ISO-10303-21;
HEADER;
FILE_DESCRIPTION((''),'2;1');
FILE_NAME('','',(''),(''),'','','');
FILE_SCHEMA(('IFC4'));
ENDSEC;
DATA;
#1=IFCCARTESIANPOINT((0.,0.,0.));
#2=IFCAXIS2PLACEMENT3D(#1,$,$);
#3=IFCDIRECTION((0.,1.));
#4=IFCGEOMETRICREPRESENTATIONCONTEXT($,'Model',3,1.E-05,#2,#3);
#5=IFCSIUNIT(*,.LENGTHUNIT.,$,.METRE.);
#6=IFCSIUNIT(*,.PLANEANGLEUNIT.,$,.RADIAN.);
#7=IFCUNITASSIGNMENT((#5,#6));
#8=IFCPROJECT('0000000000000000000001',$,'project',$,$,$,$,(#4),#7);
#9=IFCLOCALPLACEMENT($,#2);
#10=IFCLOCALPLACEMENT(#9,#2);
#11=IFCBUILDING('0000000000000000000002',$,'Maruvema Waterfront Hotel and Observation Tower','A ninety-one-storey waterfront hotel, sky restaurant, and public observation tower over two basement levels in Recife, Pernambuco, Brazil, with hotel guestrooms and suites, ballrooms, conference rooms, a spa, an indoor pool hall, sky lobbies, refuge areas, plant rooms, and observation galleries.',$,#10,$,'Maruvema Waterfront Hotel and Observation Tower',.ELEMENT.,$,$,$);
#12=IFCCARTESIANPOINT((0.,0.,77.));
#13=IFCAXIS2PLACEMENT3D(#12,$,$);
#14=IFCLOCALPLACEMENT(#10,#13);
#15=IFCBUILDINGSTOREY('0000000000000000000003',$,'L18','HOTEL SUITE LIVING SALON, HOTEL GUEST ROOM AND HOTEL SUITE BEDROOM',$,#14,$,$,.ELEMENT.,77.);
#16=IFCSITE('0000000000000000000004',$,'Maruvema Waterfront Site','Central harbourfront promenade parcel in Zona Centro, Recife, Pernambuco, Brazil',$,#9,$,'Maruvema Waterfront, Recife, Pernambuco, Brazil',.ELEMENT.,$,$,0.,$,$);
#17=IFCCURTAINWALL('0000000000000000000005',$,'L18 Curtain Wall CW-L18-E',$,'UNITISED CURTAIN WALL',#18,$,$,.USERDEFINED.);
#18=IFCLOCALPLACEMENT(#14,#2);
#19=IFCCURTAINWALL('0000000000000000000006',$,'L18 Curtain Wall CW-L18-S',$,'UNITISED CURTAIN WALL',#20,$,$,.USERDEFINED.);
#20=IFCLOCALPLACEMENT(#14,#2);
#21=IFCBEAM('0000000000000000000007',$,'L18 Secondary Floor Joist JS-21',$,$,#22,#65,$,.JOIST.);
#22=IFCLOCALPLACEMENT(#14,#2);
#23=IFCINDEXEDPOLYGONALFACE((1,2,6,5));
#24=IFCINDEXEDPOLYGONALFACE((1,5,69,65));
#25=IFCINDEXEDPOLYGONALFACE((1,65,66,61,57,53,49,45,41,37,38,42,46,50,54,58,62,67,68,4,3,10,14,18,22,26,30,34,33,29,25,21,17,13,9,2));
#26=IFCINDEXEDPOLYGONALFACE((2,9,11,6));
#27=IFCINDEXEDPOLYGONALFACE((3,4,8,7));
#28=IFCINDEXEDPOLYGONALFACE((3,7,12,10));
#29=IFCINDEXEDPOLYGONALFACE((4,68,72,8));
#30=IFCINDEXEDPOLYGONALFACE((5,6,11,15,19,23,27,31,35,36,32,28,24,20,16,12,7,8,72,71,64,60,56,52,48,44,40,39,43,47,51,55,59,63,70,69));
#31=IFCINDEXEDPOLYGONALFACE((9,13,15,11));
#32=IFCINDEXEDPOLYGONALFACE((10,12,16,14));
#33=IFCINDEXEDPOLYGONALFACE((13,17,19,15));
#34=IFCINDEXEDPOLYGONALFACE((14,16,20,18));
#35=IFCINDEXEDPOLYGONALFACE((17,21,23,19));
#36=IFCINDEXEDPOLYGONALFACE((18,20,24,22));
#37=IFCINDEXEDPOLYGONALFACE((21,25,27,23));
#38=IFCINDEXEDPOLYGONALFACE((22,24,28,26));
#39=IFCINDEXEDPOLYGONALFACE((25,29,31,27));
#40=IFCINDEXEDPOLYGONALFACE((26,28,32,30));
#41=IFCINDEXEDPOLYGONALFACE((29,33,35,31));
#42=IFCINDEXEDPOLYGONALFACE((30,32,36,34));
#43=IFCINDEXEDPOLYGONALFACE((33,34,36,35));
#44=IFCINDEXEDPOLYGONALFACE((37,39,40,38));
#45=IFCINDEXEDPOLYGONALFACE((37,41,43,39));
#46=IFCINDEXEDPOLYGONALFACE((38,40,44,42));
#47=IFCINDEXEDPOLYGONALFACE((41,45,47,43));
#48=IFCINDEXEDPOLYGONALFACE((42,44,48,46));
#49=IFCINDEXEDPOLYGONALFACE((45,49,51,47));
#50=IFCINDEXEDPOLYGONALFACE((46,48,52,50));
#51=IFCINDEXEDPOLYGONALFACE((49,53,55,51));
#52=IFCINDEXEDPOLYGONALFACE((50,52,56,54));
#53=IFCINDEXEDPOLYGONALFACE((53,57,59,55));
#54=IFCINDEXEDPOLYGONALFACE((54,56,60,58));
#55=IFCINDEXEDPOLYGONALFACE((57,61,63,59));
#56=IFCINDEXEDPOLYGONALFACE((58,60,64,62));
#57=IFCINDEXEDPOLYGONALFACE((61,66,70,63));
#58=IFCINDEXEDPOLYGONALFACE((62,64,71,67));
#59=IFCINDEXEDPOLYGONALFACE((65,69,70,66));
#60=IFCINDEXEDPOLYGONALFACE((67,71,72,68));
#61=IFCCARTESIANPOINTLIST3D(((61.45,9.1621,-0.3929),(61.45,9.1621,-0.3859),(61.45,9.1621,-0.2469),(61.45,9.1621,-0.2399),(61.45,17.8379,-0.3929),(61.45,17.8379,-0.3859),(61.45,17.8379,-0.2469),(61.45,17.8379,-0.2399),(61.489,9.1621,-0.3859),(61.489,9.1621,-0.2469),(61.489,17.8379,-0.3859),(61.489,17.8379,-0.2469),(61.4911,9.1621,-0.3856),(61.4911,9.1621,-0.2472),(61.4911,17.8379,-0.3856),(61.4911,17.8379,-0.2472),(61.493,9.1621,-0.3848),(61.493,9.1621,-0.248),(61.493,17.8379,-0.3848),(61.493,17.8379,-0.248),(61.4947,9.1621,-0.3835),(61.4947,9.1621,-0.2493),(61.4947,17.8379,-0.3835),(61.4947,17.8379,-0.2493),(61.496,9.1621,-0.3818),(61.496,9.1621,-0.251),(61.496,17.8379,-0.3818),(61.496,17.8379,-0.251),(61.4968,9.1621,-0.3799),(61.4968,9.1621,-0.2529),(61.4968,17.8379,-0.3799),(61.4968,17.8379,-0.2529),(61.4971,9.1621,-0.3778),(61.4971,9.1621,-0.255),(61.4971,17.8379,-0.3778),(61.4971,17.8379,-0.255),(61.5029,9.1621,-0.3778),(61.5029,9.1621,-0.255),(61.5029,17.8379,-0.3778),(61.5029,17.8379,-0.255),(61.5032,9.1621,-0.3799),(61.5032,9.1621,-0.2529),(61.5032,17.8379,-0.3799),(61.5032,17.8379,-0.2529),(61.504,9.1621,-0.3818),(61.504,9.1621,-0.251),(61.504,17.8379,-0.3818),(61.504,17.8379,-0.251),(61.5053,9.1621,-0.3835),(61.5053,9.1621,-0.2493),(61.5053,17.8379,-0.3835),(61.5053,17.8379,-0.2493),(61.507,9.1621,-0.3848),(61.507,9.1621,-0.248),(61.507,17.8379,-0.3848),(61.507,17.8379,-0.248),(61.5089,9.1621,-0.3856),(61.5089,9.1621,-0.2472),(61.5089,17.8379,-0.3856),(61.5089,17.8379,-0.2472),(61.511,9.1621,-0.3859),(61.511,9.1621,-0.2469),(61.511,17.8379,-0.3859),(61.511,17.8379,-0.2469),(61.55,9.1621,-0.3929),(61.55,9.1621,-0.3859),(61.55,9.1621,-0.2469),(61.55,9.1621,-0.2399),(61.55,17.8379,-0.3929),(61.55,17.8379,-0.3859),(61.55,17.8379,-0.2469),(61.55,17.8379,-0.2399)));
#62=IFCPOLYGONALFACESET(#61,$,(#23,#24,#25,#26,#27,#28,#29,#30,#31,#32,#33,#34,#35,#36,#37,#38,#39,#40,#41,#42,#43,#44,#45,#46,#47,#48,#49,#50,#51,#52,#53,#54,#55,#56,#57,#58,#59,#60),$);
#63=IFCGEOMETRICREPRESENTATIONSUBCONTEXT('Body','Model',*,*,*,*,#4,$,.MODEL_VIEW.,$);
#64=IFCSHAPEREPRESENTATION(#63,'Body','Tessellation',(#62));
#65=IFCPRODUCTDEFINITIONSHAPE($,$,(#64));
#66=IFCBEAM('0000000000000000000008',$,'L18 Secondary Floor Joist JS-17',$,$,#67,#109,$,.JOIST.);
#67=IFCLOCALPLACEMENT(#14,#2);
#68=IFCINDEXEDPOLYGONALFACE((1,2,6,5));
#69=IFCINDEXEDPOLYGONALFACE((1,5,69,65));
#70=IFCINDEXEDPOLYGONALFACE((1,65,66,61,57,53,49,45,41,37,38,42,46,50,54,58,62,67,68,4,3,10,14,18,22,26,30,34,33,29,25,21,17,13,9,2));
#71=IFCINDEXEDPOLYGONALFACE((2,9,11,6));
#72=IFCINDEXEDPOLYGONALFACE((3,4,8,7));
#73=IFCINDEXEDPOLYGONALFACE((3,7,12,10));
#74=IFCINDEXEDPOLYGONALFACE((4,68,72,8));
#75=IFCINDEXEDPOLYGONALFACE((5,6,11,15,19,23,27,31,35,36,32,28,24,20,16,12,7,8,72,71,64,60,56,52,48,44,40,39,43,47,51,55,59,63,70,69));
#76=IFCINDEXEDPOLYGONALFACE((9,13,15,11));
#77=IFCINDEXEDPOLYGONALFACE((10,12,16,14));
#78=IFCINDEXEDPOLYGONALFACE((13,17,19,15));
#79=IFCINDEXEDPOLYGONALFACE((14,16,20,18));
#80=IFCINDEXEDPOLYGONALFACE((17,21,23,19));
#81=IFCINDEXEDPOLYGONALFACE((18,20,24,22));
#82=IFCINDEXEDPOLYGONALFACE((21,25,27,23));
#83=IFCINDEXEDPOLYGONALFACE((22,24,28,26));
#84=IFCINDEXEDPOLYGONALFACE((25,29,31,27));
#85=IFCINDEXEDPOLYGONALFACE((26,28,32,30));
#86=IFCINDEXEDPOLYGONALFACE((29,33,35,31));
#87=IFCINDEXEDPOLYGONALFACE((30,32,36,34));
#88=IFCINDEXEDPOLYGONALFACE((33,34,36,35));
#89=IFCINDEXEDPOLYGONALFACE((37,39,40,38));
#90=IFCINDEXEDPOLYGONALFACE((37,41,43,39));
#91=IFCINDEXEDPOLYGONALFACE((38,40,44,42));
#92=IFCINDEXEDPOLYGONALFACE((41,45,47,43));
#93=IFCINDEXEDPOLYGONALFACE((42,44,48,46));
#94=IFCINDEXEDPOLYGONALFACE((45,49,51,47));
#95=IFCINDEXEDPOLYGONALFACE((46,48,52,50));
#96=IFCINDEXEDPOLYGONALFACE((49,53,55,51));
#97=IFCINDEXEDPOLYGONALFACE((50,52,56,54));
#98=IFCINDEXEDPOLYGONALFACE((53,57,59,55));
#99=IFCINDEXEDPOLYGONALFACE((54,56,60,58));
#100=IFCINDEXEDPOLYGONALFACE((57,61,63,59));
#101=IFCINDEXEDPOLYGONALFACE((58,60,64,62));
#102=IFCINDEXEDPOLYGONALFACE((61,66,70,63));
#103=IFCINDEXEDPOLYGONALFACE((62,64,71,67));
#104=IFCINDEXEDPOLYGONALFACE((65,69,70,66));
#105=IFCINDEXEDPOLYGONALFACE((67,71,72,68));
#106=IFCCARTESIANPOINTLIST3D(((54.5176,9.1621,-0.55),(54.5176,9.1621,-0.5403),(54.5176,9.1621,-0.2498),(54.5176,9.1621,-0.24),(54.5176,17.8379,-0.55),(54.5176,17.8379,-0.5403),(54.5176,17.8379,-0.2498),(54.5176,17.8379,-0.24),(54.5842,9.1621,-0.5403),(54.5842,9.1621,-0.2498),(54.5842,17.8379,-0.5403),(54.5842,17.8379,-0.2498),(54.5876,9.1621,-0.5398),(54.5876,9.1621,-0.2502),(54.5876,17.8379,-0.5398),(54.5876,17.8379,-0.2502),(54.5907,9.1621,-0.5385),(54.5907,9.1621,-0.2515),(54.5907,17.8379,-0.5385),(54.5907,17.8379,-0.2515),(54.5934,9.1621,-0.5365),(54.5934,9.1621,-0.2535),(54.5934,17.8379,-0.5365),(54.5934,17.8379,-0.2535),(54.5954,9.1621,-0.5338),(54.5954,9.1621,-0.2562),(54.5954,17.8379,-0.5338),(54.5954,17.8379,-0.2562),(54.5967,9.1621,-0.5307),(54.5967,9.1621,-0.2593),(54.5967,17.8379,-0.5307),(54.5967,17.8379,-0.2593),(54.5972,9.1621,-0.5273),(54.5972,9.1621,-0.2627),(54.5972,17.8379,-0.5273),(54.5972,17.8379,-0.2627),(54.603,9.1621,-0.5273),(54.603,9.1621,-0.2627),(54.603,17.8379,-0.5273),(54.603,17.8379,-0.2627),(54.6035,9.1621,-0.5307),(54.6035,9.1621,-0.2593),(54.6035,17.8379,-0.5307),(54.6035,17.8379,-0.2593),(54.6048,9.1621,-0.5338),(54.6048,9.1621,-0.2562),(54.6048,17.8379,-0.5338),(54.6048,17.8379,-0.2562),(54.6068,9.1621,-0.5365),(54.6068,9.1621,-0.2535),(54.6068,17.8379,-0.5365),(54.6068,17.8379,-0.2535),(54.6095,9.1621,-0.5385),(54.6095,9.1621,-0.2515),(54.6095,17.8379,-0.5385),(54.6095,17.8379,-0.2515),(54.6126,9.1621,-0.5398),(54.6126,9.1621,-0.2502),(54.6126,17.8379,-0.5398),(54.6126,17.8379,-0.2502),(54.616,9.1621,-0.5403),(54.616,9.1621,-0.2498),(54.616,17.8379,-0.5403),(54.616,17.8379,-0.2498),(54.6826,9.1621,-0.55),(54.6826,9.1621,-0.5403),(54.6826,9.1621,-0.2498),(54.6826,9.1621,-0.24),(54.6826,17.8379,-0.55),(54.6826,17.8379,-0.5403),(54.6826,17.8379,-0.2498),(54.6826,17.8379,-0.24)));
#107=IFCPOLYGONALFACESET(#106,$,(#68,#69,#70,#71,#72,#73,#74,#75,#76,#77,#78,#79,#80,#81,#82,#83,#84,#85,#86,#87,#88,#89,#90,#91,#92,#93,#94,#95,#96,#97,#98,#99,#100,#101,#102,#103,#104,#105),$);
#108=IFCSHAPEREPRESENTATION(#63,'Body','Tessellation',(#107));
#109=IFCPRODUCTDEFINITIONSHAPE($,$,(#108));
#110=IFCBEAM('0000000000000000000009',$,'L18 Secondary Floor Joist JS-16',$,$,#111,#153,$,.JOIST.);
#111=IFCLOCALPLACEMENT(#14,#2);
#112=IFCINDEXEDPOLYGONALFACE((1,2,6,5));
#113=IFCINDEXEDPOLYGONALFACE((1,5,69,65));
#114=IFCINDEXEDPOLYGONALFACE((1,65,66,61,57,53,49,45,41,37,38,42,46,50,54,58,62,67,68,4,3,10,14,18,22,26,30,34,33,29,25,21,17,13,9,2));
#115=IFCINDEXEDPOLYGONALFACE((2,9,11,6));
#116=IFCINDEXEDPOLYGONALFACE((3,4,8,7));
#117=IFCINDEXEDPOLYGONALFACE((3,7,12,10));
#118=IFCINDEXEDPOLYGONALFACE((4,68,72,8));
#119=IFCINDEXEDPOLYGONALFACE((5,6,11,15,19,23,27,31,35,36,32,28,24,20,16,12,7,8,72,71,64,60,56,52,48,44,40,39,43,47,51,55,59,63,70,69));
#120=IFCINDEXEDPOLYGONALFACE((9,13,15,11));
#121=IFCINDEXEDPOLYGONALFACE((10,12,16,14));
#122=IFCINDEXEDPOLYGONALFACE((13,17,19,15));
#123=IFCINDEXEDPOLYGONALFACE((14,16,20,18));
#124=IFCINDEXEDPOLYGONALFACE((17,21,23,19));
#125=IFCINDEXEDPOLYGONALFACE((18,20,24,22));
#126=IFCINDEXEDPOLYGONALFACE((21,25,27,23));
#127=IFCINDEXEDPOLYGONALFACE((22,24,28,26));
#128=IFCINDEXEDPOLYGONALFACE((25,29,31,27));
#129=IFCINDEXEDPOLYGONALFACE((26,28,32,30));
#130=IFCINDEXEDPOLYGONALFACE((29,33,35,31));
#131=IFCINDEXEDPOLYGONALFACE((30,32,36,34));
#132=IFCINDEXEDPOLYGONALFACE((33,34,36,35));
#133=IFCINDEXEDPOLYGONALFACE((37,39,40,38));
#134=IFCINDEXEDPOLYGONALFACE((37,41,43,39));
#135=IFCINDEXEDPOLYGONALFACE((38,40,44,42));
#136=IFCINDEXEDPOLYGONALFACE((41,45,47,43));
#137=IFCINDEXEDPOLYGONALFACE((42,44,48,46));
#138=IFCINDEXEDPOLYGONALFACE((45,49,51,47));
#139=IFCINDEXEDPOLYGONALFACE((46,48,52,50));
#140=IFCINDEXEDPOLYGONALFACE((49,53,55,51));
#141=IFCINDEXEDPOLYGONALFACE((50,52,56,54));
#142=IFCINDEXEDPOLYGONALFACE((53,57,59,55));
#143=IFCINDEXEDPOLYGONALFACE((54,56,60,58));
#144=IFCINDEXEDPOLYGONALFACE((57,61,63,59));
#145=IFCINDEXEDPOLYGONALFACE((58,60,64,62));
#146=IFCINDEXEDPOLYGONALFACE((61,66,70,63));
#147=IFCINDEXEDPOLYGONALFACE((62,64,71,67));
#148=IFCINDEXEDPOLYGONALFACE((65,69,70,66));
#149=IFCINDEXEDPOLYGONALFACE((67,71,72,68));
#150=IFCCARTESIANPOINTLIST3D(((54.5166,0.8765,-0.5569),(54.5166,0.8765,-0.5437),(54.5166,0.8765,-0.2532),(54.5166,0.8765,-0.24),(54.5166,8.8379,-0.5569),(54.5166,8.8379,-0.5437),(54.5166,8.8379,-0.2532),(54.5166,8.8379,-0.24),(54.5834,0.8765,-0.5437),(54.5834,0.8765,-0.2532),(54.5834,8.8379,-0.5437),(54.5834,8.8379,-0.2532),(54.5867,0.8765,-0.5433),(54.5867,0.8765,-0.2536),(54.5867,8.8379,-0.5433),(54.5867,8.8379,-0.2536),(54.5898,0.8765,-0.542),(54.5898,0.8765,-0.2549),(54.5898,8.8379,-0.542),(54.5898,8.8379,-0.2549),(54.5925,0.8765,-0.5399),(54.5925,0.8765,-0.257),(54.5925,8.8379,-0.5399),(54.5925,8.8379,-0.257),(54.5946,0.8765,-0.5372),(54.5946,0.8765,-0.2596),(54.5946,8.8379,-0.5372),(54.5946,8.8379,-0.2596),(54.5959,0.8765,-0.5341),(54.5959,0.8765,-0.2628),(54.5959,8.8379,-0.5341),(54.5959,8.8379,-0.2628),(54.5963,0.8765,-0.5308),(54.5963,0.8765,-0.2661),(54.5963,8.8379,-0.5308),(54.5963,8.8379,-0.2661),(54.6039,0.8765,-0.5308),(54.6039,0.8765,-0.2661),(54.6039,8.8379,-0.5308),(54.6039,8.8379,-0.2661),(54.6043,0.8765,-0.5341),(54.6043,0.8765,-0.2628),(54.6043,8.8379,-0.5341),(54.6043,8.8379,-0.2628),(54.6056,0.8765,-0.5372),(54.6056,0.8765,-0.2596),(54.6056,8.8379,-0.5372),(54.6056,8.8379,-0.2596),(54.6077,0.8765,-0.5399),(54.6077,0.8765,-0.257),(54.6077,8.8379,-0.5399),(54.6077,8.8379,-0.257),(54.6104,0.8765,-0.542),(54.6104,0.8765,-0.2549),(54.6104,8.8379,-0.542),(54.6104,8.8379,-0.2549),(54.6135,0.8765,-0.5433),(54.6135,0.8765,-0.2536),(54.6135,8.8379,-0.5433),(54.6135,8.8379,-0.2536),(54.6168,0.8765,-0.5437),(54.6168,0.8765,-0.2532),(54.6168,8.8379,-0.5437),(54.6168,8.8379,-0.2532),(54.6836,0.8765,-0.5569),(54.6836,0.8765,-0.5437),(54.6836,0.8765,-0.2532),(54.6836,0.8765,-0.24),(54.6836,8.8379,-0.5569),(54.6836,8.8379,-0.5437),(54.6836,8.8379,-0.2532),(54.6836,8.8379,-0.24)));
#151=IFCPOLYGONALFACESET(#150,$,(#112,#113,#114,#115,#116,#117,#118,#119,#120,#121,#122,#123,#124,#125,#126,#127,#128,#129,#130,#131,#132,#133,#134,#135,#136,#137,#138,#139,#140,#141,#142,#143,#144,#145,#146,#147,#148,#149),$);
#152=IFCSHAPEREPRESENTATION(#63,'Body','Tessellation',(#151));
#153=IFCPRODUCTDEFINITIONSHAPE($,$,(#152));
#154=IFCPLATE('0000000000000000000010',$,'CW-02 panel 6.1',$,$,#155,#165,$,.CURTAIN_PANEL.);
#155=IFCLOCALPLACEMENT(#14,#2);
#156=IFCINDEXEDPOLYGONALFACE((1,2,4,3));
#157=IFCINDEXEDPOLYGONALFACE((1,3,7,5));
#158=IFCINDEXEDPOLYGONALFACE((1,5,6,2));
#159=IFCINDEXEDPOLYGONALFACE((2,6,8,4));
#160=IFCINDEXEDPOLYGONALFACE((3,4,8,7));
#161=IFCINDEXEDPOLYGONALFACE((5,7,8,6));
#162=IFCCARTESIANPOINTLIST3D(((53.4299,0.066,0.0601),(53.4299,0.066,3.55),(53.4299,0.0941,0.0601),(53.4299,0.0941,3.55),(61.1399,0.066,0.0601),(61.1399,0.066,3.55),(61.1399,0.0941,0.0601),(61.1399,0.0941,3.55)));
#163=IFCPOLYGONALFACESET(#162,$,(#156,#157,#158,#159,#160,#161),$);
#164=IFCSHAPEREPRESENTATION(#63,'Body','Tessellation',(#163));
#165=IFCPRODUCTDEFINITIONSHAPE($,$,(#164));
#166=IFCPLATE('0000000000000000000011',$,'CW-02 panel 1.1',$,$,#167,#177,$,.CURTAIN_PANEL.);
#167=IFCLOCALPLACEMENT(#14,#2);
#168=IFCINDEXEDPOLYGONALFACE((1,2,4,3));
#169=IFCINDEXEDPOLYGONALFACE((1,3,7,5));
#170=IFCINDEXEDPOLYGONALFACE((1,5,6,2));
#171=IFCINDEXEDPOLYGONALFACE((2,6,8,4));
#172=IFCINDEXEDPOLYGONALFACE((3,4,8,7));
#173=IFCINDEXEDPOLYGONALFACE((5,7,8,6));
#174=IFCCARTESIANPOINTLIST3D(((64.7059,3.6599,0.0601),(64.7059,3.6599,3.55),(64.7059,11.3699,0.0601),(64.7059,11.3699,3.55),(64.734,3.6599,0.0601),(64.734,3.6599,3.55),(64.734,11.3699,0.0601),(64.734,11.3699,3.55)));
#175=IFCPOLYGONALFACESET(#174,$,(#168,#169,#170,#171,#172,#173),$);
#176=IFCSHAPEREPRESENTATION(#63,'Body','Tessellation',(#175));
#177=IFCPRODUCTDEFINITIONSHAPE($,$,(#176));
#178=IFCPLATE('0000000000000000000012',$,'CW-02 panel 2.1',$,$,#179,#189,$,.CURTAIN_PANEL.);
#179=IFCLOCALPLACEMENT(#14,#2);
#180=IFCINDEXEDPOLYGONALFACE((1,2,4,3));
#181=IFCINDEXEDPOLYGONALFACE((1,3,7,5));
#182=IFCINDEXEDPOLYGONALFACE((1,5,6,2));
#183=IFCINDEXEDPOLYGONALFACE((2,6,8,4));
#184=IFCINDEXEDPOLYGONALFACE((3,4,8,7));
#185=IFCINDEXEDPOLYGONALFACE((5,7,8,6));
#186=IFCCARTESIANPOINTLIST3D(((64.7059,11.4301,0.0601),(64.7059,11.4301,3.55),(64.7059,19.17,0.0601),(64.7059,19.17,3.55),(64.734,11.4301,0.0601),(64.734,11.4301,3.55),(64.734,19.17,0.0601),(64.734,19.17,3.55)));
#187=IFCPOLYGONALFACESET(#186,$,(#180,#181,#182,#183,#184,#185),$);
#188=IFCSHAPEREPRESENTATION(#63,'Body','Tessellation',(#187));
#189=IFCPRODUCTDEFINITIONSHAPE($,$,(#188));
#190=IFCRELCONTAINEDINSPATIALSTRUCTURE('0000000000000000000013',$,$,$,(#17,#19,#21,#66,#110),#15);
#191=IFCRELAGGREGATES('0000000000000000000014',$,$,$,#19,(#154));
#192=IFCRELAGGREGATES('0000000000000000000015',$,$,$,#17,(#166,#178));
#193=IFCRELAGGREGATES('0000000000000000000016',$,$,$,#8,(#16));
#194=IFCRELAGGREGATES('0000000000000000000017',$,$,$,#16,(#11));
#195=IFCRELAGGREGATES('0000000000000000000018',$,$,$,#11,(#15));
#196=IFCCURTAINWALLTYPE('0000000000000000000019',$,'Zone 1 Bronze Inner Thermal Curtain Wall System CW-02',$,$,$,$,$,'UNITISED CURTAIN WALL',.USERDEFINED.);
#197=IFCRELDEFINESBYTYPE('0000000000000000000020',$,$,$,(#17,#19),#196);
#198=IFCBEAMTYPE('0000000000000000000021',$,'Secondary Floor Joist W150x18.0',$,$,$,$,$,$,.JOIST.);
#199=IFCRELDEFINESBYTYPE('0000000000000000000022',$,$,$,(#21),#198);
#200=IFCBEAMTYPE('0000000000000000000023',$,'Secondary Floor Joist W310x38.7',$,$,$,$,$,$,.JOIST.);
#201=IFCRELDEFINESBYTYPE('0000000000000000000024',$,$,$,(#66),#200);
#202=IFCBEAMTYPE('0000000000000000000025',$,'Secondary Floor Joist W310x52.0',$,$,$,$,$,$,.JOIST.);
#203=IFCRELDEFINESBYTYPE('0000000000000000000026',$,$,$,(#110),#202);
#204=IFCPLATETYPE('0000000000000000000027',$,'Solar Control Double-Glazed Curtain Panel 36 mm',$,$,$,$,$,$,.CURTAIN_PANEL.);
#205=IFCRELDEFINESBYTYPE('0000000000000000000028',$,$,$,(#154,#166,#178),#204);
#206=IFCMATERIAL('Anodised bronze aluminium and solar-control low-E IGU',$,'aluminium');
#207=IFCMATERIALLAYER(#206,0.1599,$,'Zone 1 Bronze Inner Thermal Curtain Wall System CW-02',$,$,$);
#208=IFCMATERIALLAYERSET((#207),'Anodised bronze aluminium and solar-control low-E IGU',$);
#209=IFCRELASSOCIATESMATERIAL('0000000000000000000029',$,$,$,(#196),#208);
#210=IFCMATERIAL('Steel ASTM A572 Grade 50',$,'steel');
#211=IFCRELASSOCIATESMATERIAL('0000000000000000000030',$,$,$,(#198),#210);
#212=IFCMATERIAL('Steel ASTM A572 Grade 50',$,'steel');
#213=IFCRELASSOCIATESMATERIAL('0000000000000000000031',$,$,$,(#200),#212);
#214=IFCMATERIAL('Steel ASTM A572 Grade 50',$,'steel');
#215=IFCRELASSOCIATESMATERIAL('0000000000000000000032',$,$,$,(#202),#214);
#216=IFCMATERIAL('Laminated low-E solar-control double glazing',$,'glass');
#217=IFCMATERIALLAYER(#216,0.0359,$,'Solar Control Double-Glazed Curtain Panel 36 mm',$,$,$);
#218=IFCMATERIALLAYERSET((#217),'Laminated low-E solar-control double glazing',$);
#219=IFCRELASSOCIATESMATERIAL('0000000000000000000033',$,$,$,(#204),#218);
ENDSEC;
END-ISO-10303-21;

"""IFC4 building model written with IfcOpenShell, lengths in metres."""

from ifc_helpers import new_model, si_unit, direction, frame, origin, origin_2d, place, context, subcontext, project, spatial, rectangle, i_section, extrude, material, layer, layer_set, material_profile, profile_set, type_object, element, aggregate, save


model = new_model("IFC4")

# Units and contexts
model_context = context("Model", 3, precision=1e-05, world=origin(), true_north=direction((0.0, 1.0)))
body_context = subcontext(model_context, "Body", "Model", "MODEL_VIEW")
ifc_project = project(units=[si_unit("LENGTHUNIT", "METRE"), si_unit("PLANEANGLEUNIT", "RADIAN")], contexts=[model_context])

# Site, building, storey
site_placement = place(None, origin())
site = spatial("IfcSite", under=ifc_project, at=site_placement, Name="Maruvema Waterfront Site", Description="Central harbourfront promenade parcel in Zona Centro, Recife, Pernambuco, Brazil", LongName="Maruvema Waterfront, Recife, Pernambuco, Brazil", CompositionType="ELEMENT", RefElevation=0.0)
building_placement = place(site_placement, origin())
building = spatial("IfcBuilding", under=site, at=building_placement, Name="Maruvema Waterfront Hotel and Observation Tower", Description="A ninety-one-storey waterfront hotel, sky restaurant, and public observation tower over two basement levels in Recife, Pernambuco, Brazil, with hotel guestrooms and suites, ballrooms, conference rooms, a spa, an indoor pool hall, sky lobbies, refuge areas, plant rooms, and observation galleries.", LongName="Maruvema Waterfront Hotel and Observation Tower", CompositionType="ELEMENT")
storey_placement = place(building_placement, frame((0.0, 0.0, 77.0)))
storey = spatial("IfcBuildingStorey", under=building, at=storey_placement, Name="L18", Description="HOTEL SUITE LIVING SALON, HOTEL GUEST ROOM AND HOTEL SUITE BEDROOM", CompositionType="ELEMENT", Elevation=77.0)

# Curtain wall
ifc_material_1 = material(Name="Anodised bronze aluminium and solar-control low-E IGU", Category="aluminium")
ifc_layer_1 = layer(ifc_material_1, 0.1599, Name="Zone 1 Bronze Inner Thermal Curtain Wall System CW-02")
ifc_layer_set_1 = layer_set([ifc_layer_1], Name="Anodised bronze aluminium and solar-control low-E IGU")
curtain_wall_type = type_object("IfcCurtainWallType", Name="Zone 1 Bronze Inner Thermal Curtain Wall System CW-02", ElementType="UNITISED CURTAIN WALL", PredefinedType="USERDEFINED", material=ifc_layer_set_1)
curtain_wall_1_placement = place(storey_placement, origin())
curtain_wall_1 = element("IfcCurtainWall", 1, at=curtain_wall_1_placement, inside=storey, type_object=curtain_wall_type, Name="L18 Curtain Wall CW-L18-E", ObjectType="UNITISED CURTAIN WALL", PredefinedType="USERDEFINED")

# Curtain wall
curtain_wall_2_placement = place(storey_placement, origin())
curtain_wall_2 = element("IfcCurtainWall", 2, at=curtain_wall_2_placement, inside=storey, type_object=curtain_wall_type, Name="L18 Curtain Wall CW-L18-S", ObjectType="UNITISED CURTAIN WALL", PredefinedType="USERDEFINED")

# Beams
ifc_material_2 = material(Name="Steel ASTM A572 Grade 50", Category="steel")
ifc_material_profile_1 = material_profile(ifc_material_2, i_section(OverallWidth=0.1001, OverallDepth=0.1531, WebThickness=0.0059, FlangeThickness=0.0071, FilletRadius=0.0081, at=origin_2d()), Name="W150x18.0")
ifc_profile_set_1 = profile_set([ifc_material_profile_1], Name="Steel ASTM A572 Grade 50")
beam_type_1 = type_object("IfcBeamType", Name="Secondary Floor Joist W150x18.0", PredefinedType="JOIST", material=ifc_profile_set_1)
beam_1_placement = place(storey_placement, frame((61.5, 9.1621, -0.3164), z_axis=(0.0, 1.0, 0.0), x_axis=(-1.0, 0.0, 0.0)))
element("IfcBeam", 3, at=beam_1_placement, inside=storey, type_object=beam_type_1, Name="L18 Secondary Floor Joist JS-21", PredefinedType="JOIST", context=body_context, shape_type="SweptSolid", body=[
    extrude(i_section(OverallWidth=0.1001, OverallDepth=0.1531, WebThickness=0.0059, FlangeThickness=0.0071, FilletRadius=0.0081, at=origin_2d()), origin(), (0.0, 0.0, 1.0), 8.6758),
])
ifc_material_3 = material(Name="Steel ASTM A572 Grade 50", Category="steel")
ifc_material_profile_2 = material_profile(ifc_material_3, i_section(OverallWidth=0.165, OverallDepth=0.3101, WebThickness=0.0059, FlangeThickness=0.0098, FilletRadius=0.0129, at=origin_2d()), Name="W310x38.7")
ifc_profile_set_2 = profile_set([ifc_material_profile_2], Name="Steel ASTM A572 Grade 50")
beam_type_2 = type_object("IfcBeamType", Name="Secondary Floor Joist W310x38.7", PredefinedType="JOIST", material=ifc_profile_set_2)
beam_2_placement = place(storey_placement, frame((54.6001, 9.1621, -0.395), z_axis=(0.0, 1.0, 0.0), x_axis=(-1.0, 0.0, 0.0)))
element("IfcBeam", 4, at=beam_2_placement, inside=storey, type_object=beam_type_2, Name="L18 Secondary Floor Joist JS-17", PredefinedType="JOIST", context=body_context, shape_type="SweptSolid", body=[
    extrude(i_section(OverallWidth=0.165, OverallDepth=0.3101, WebThickness=0.0059, FlangeThickness=0.0098, FilletRadius=0.0129, at=origin_2d()), origin(), (0.0, 0.0, 1.0), 8.6758),
])
ifc_material_4 = material(Name="Steel ASTM A572 Grade 50", Category="steel")
ifc_material_profile_3 = material_profile(ifc_material_4, i_section(OverallWidth=0.167, OverallDepth=0.3169, WebThickness=0.0076, FlangeThickness=0.0132, FilletRadius=0.0129, at=origin_2d()), Name="W310x52.0")
ifc_profile_set_3 = profile_set([ifc_material_profile_3], Name="Steel ASTM A572 Grade 50")
beam_type_3 = type_object("IfcBeamType", Name="Secondary Floor Joist W310x52.0", PredefinedType="JOIST", material=ifc_profile_set_3)
beam_3_placement = place(storey_placement, frame((54.6001, 0.8765, -0.3984), z_axis=(0.0, 1.0, 0.0), x_axis=(-1.0, 0.0, 0.0)))
element("IfcBeam", 5, at=beam_3_placement, inside=storey, type_object=beam_type_3, Name="L18 Secondary Floor Joist JS-16", PredefinedType="JOIST", context=body_context, shape_type="SweptSolid", body=[
    extrude(i_section(OverallWidth=0.167, OverallDepth=0.3169, WebThickness=0.0076, FlangeThickness=0.0132, FilletRadius=0.0129, at=origin_2d()), origin(), (0.0, 0.0, 1.0), 7.9614),
])

# Plates
ifc_material_5 = material(Name="Laminated low-E solar-control double glazing", Category="glass")
ifc_layer_2 = layer(ifc_material_5, 0.0359, Name="Solar Control Double-Glazed Curtain Panel 36 mm")
ifc_layer_set_2 = layer_set([ifc_layer_2], Name="Laminated low-E solar-control double glazing")
plate_type = type_object("IfcPlateType", Name="Solar Control Double-Glazed Curtain Panel 36 mm", PredefinedType="CURTAIN_PANEL", material=ifc_layer_set_2)
plate_1_placement = place(storey_placement, frame((57.2849, 0.0801, 0.0601), z_axis=(0.0, 0.0, 1.0), x_axis=(1.0, 0.0, 0.0)))
plate_1 = element("IfcPlate", 6, at=plate_1_placement, type_object=plate_type, Name="CW-02 panel 6.1", PredefinedType="CURTAIN_PANEL", context=body_context, shape_type="SweptSolid", body=[
    extrude(rectangle(XDim=7.71, YDim=0.0281, at=origin_2d()), origin(), (0.0, 0.0, 1.0), 3.49),
])
aggregate(curtain_wall_2, [plate_1])
plate_2_placement = place(storey_placement, frame((64.72, 7.5149, 0.0601), z_axis=(0.0, 0.0, 1.0), x_axis=(0.0, 1.0, 0.0)))
plate_2 = element("IfcPlate", 7, at=plate_2_placement, type_object=plate_type, Name="CW-02 panel 1.1", PredefinedType="CURTAIN_PANEL", context=body_context, shape_type="SweptSolid", body=[
    extrude(rectangle(XDim=7.71, YDim=0.0281, at=origin_2d()), origin(), (0.0, 0.0, 1.0), 3.49),
])
plate_3_placement = place(storey_placement, frame((64.72, 15.3, 0.0601), z_axis=(0.0, 0.0, 1.0), x_axis=(0.0, 1.0, 0.0)))
plate_3 = element("IfcPlate", 8, at=plate_3_placement, type_object=plate_type, Name="CW-02 panel 2.1", PredefinedType="CURTAIN_PANEL", context=body_context, shape_type="SweptSolid", body=[
    extrude(rectangle(XDim=7.74, YDim=0.0281, at=origin_2d()), origin(), (0.0, 0.0, 1.0), 3.49),
])
aggregate(curtain_wall_1, [plate_2, plate_3])

save(model, "model.ifc")
